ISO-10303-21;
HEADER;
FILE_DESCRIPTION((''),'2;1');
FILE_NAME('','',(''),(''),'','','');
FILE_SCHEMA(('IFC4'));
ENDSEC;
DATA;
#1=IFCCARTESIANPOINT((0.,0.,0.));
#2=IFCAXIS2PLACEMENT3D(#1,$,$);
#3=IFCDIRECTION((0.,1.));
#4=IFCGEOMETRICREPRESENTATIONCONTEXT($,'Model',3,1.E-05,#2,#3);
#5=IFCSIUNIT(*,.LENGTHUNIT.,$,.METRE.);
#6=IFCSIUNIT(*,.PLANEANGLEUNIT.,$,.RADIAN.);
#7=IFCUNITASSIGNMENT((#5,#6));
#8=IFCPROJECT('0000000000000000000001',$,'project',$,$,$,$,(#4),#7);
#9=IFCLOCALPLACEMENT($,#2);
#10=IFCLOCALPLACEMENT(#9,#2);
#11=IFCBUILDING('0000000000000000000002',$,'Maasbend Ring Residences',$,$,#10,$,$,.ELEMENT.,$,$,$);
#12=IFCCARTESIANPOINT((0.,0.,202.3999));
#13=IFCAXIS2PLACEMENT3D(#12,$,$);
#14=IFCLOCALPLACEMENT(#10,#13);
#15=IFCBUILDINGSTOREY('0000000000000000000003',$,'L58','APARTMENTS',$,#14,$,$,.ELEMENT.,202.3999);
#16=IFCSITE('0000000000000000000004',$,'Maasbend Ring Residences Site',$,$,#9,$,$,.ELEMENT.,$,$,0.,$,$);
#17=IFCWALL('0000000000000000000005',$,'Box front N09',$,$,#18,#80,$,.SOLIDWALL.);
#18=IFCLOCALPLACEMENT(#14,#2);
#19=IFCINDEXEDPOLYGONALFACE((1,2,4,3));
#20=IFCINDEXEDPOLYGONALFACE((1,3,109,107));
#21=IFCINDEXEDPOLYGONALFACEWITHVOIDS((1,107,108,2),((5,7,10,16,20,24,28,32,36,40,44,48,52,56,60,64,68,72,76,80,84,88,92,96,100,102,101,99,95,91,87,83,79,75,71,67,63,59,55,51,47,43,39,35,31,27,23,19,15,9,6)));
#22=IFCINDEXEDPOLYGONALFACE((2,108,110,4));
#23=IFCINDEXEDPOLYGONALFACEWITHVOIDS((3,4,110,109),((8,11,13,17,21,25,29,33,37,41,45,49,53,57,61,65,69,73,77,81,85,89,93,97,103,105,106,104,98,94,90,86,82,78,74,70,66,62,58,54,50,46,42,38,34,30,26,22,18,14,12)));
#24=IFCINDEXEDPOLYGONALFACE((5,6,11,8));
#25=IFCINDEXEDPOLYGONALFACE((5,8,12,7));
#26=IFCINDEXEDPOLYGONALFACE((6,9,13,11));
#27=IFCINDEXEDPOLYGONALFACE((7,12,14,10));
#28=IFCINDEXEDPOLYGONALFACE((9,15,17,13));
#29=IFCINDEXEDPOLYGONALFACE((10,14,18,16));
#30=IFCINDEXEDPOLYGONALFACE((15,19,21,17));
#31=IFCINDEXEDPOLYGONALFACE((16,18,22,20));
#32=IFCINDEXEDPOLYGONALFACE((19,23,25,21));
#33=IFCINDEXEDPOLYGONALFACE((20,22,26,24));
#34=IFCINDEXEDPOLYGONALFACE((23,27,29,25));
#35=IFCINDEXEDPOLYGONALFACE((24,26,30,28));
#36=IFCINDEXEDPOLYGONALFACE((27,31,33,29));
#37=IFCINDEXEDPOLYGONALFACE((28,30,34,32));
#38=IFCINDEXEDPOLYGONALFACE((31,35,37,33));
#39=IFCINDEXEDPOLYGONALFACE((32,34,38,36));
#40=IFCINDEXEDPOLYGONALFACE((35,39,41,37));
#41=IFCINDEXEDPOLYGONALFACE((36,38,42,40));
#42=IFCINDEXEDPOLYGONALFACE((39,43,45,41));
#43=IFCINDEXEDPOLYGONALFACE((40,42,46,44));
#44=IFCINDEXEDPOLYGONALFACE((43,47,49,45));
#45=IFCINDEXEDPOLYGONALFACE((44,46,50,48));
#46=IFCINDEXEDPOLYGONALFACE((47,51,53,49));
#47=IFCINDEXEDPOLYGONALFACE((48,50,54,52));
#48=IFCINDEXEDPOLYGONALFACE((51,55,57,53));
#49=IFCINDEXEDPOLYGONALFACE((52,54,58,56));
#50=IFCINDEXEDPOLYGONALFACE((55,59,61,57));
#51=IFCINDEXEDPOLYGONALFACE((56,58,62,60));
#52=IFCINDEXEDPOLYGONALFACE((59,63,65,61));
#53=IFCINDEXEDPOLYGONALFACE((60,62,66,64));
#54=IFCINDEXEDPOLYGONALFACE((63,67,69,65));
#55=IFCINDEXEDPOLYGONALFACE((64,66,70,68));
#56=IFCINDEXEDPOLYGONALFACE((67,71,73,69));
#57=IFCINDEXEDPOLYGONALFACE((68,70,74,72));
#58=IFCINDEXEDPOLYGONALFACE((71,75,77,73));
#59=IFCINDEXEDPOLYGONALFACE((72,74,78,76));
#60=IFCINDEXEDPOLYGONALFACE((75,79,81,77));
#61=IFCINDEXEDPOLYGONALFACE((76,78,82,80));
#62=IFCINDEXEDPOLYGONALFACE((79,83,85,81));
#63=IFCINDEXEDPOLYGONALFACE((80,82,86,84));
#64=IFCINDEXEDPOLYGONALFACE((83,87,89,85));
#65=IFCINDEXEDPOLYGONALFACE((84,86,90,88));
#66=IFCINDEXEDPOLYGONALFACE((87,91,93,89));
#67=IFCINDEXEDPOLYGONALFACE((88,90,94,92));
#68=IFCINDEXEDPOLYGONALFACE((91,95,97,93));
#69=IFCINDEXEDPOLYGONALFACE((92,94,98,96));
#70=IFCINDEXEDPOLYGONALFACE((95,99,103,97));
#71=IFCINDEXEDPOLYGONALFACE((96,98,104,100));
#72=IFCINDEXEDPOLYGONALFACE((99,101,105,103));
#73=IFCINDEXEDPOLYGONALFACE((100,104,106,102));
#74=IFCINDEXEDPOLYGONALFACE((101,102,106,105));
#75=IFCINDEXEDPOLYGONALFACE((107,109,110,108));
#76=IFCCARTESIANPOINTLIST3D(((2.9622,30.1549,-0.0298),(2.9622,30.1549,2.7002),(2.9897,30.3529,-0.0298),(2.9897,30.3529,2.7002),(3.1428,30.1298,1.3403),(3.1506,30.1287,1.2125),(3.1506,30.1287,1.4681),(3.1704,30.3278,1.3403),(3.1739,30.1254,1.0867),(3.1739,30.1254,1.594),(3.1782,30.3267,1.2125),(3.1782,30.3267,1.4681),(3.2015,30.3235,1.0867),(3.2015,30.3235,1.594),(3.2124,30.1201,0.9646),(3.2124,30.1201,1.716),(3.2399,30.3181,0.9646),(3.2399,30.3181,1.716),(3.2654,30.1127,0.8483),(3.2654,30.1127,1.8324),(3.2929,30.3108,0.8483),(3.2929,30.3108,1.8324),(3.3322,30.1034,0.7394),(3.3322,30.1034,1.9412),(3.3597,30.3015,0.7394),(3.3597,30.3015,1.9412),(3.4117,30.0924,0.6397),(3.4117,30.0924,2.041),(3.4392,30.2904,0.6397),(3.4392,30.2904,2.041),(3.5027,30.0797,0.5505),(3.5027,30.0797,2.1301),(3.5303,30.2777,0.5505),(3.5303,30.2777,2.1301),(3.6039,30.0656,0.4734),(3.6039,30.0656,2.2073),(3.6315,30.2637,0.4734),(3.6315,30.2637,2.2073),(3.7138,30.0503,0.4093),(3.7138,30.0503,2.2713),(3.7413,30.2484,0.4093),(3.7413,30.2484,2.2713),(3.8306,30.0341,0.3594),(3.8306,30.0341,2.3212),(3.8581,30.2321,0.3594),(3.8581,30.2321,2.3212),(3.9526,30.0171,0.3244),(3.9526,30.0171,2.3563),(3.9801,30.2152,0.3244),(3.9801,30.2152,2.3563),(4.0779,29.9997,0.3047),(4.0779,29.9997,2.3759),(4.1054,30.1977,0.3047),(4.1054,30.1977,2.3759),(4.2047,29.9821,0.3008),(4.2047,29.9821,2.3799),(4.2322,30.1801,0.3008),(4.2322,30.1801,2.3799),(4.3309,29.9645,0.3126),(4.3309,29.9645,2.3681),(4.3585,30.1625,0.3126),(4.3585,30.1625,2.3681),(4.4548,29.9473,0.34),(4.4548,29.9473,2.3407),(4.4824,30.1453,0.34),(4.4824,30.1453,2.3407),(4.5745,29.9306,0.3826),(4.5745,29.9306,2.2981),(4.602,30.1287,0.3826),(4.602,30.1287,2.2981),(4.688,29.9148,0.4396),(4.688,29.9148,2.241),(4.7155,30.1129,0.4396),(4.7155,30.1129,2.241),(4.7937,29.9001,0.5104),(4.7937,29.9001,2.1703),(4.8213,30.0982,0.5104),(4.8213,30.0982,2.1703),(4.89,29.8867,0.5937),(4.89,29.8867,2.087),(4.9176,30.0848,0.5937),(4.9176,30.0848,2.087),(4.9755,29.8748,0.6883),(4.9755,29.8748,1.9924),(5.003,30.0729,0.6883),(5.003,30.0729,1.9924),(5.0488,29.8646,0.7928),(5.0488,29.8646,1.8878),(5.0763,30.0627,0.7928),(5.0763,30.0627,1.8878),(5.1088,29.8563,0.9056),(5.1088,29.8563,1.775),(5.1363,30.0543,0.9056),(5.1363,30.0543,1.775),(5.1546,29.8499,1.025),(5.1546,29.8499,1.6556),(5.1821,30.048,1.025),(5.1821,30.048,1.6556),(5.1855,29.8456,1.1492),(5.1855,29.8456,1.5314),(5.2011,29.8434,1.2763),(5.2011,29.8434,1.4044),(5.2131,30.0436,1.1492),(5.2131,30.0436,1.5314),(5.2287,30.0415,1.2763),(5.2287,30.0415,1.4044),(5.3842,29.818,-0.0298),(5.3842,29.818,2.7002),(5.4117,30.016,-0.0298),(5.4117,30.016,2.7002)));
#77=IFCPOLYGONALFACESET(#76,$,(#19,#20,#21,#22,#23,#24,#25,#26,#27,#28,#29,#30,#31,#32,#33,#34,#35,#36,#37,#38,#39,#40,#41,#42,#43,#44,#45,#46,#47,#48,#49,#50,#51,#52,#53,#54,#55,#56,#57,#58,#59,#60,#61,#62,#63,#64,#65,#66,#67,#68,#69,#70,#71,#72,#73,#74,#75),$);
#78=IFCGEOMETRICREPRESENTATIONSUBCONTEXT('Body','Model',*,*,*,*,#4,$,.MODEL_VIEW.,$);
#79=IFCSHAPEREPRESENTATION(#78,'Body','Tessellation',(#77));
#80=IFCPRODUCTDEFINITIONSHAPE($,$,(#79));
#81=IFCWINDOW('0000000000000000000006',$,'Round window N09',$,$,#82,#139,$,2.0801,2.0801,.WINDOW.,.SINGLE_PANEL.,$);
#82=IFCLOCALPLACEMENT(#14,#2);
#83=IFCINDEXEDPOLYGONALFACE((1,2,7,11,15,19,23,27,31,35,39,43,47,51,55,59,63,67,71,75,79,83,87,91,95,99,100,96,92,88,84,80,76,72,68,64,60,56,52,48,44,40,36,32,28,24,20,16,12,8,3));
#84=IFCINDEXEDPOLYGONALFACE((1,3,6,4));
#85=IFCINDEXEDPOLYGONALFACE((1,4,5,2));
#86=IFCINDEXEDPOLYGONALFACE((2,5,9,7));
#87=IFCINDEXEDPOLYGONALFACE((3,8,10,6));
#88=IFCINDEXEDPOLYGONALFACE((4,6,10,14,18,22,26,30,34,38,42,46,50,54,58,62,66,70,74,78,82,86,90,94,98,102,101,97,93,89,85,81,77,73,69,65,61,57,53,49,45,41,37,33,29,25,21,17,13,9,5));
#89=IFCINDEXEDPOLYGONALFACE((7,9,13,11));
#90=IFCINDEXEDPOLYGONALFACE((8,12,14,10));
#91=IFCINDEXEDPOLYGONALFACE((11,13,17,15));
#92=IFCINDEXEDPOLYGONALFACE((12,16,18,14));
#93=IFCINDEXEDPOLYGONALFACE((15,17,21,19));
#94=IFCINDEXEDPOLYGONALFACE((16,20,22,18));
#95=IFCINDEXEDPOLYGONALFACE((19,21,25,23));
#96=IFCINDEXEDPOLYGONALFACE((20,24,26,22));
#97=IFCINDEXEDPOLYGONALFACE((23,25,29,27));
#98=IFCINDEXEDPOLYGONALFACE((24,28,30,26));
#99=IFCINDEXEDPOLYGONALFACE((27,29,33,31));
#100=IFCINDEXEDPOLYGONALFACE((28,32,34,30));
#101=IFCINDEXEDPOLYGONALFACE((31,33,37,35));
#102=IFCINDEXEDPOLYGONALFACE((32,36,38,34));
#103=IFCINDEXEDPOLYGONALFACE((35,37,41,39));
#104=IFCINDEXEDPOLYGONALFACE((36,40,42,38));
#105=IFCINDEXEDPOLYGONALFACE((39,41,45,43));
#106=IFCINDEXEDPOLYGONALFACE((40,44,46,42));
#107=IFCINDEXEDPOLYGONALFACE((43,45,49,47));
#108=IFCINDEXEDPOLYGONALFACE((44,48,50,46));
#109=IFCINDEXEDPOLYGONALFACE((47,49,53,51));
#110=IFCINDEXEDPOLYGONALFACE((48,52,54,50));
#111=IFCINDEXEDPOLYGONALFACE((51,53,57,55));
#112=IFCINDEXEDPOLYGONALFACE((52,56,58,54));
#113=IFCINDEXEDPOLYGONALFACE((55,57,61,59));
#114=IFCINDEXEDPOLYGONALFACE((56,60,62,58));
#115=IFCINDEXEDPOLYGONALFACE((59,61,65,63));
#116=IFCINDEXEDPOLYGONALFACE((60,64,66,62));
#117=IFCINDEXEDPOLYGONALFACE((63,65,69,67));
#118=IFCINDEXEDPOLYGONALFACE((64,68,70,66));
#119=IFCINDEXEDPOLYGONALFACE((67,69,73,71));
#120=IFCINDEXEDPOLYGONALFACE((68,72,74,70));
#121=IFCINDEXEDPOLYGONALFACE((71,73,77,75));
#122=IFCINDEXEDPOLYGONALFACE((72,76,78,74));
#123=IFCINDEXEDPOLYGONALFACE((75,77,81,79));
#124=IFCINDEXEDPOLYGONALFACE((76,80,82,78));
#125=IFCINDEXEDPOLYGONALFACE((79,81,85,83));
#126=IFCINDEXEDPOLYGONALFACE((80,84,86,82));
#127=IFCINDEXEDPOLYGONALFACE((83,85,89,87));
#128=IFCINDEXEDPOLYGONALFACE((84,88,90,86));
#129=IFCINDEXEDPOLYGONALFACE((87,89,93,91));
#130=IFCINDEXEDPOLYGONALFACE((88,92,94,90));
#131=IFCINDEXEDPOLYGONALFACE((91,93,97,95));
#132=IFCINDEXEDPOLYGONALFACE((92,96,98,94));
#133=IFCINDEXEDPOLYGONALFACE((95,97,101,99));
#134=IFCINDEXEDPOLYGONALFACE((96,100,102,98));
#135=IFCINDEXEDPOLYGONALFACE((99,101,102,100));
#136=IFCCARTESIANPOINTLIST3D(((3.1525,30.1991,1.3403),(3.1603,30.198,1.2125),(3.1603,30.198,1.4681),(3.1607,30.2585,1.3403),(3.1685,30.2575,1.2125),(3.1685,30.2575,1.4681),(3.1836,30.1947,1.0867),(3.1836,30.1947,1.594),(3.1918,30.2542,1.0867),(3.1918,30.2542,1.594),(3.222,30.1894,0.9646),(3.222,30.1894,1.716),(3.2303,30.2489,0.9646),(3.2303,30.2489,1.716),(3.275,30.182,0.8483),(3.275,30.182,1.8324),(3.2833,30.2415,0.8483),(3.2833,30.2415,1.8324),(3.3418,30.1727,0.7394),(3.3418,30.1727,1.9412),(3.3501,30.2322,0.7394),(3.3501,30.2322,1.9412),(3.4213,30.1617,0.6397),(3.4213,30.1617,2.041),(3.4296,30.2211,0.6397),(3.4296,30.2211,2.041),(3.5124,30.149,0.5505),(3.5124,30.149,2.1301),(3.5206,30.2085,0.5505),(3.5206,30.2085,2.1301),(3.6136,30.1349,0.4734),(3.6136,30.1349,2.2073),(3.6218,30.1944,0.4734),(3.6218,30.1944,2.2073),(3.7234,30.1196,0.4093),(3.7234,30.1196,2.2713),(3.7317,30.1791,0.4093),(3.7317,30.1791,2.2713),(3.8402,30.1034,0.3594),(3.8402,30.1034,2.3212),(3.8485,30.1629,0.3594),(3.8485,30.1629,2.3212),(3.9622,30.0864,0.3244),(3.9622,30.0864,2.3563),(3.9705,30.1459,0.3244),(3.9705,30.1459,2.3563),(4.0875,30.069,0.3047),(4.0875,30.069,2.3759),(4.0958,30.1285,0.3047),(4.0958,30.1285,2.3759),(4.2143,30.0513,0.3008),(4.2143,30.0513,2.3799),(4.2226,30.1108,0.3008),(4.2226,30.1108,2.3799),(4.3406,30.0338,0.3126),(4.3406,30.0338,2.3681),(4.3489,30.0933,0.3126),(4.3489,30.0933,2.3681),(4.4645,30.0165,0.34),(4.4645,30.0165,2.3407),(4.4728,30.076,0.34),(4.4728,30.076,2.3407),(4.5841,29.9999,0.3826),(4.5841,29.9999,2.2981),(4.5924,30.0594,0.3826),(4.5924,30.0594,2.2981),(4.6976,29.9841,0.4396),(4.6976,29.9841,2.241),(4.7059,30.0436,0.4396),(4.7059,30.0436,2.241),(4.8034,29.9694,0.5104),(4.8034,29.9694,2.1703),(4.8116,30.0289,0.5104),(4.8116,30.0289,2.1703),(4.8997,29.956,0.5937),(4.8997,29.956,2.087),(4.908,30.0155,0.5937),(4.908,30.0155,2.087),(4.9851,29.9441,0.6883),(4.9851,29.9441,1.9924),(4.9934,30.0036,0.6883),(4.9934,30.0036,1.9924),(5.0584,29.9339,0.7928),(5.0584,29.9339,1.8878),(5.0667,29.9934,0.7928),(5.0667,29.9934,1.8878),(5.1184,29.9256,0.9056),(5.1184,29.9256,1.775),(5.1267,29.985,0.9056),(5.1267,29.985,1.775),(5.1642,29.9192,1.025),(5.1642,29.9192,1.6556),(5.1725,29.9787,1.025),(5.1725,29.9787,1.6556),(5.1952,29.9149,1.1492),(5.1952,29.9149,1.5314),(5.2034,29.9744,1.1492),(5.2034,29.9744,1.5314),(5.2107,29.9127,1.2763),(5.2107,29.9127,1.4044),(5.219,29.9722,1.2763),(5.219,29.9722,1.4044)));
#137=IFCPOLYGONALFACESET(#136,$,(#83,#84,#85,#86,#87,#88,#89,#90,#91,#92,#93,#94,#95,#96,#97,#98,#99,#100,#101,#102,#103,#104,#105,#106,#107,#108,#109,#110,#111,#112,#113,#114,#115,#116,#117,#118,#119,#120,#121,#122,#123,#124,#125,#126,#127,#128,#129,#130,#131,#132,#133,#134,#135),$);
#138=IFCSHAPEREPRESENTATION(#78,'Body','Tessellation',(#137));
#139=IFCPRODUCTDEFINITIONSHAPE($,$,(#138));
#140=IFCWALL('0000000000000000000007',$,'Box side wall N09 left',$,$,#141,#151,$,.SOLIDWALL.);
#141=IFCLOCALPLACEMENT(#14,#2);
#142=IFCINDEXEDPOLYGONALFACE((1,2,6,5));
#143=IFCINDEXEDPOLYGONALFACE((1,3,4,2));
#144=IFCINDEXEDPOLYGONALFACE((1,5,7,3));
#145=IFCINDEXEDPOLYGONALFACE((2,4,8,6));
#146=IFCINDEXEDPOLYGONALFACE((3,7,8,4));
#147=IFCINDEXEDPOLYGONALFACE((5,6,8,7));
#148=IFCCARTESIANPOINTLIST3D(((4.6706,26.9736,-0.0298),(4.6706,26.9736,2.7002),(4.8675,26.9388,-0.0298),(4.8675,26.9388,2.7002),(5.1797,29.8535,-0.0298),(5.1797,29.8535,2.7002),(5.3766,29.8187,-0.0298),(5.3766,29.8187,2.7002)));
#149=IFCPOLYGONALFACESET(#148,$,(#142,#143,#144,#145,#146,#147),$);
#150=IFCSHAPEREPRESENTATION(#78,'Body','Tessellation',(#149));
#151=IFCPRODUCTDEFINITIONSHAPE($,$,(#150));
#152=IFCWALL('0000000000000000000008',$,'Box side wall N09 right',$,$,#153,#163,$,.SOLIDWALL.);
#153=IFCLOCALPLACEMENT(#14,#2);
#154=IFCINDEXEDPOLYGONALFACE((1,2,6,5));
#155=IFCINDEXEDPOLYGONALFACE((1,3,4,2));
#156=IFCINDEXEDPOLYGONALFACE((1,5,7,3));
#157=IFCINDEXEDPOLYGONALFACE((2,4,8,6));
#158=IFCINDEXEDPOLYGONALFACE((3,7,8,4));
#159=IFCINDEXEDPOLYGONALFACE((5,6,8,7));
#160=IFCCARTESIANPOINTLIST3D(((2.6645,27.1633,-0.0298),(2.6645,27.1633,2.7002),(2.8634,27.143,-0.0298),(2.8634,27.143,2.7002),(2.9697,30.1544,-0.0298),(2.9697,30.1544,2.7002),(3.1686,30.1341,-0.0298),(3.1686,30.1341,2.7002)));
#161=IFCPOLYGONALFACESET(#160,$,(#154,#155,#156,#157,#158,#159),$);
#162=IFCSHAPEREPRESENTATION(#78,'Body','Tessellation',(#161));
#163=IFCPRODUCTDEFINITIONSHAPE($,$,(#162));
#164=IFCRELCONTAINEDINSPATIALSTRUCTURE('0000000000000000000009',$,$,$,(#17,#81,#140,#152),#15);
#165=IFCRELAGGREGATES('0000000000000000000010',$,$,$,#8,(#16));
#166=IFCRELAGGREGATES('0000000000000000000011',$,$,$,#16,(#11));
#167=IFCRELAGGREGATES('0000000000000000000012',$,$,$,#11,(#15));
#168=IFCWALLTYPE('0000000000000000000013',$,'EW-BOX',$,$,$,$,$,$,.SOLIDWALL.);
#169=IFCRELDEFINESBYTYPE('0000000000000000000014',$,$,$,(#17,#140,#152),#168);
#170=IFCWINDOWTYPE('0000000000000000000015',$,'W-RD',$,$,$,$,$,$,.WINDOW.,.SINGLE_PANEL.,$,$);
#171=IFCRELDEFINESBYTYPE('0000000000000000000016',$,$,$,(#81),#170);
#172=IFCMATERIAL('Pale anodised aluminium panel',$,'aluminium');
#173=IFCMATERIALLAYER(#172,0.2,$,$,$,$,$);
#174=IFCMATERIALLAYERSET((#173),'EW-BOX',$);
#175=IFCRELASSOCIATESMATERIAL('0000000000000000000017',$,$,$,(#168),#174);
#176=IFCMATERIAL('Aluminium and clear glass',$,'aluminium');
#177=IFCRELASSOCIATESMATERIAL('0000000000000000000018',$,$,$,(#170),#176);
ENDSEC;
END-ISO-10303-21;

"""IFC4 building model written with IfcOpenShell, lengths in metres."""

from ifc_helpers import new_model, si_unit, direction, frame, frame_2d, origin, place, context, subcontext, project, spatial, rectangle, circle, extrude, material, layer, layer_set, type_object, element, fill, save


model = new_model("IFC4")

# Units and contexts
model_context = context("Model", 3, precision=1e-05, world=origin(), true_north=direction((0.0, 1.0)))
body_context = subcontext(model_context, "Body", "Model", "MODEL_VIEW")
ifc_project = project(units=[si_unit("LENGTHUNIT", "METRE"), si_unit("PLANEANGLEUNIT", "RADIAN")], contexts=[model_context])

# Site, building, storey
site_placement = place(None, origin())
site = spatial("IfcSite", under=ifc_project, at=site_placement, Name="Maasbend Ring Residences Site", CompositionType="ELEMENT", RefElevation=0.0)
building_placement = place(site_placement, origin())
building = spatial("IfcBuilding", under=site, at=building_placement, Name="Maasbend Ring Residences", CompositionType="ELEMENT")
storey_placement = place(building_placement, frame((0.0, 0.0, 202.3999)))
storey = spatial("IfcBuildingStorey", under=building, at=storey_placement, Name="L58", Description="APARTMENTS", CompositionType="ELEMENT", Elevation=202.3999)

# Shared definitions
ifc_material_1 = material(Name="Pale anodised aluminium panel", Category="aluminium")
ifc_layer_1 = layer(ifc_material_1, 0.2)
ifc_layer_set_1 = layer_set([ifc_layer_1], Name="EW-BOX")
wall_type_1 = type_object("IfcWallType", Name="EW-BOX", PredefinedType="SOLIDWALL", material=ifc_layer_set_1)

# Wall, opening, window
wall_1_placement = place(storey_placement, frame((5.3979, 29.917, -0.0298), z_axis=(0.0, 0.0, 1.0), x_axis=(-0.990462, 0.137786, 0.0)))
wall_1 = element("IfcWall", 1, at=wall_1_placement, inside=storey, type_object=wall_type_1, Name="Box front N09", PredefinedType="SOLIDWALL", context=body_context, shape_type="SweptSolid", body=[
    extrude(rectangle(XDim=2.4453, YDim=0.2, at=frame_2d((1.2227, 0.0))), origin(), (0.0, 0.0, 1.0), 2.73),
])
opening_1_placement = place(wall_1_placement, frame((0.1829, 0.0, 0.3301)))
opening_1 = element("IfcOpeningElement", 2, at=opening_1_placement, cuts=wall_1, PredefinedType="OPENING", context=body_context, shape_type="SweptSolid", body=[
    extrude(circle(Radius=1.04, at=frame_2d((1.04, 1.04))), frame((0.0, 0.1099, 0.0), z_axis=(0.0, -1.0, 0.0), x_axis=(1.0, 0.0, 0.0)), (0.0, 0.0, 1.0), 0.22),
])
ifc_material_2 = material(Name="Aluminium and clear glass", Category="aluminium")
window_type_1 = type_object("IfcWindowType", Name="W-RD", PartitioningType="SINGLE_PANEL", PredefinedType="WINDOW", material=ifc_material_2)
window_1_placement = place(opening_1_placement, origin())
window_1 = element("IfcWindow", 3, at=window_1_placement, inside=storey, type_object=window_type_1, Name="Round window N09", OverallHeight=2.0801, OverallWidth=2.0801, PartitioningType="SINGLE_PANEL", PredefinedType="WINDOW", context=body_context, shape_type="SweptSolid", body=[
    extrude(circle(Radius=1.04, at=frame_2d((1.04, 1.04))), frame((0.0, 0.03, 0.0), z_axis=(0.0, -1.0, 0.0), x_axis=(1.0, 0.0, 0.0)), (0.0, 0.0, 1.0), 0.0601),
])
fill(opening_1, window_1)

# Walls
wall_2_placement = place(storey_placement, frame((4.769, 26.9561, -0.0298), z_axis=(0.0, 0.0, 1.0), x_axis=(0.174057, 0.984736, 0.0)))
element("IfcWall", 4, at=wall_2_placement, inside=storey, type_object=wall_type_1, Name="Box side wall N09 left", PredefinedType="SOLIDWALL", context=body_context, shape_type="SweptSolid", body=[
    extrude(rectangle(XDim=2.9246, YDim=0.2, at=frame_2d((1.4624, 0.0))), origin(), (0.0, 0.0, 1.0), 2.73),
])
wall_3_placement = place(storey_placement, frame((2.7639, 27.1531, -0.0298), z_axis=(0.0, 0.0, 1.0), x_axis=(0.101505, 0.994835, 0.0)))
element("IfcWall", 5, at=wall_3_placement, inside=storey, type_object=wall_type_1, Name="Box side wall N09 right", PredefinedType="SOLIDWALL", context=body_context, shape_type="SweptSolid", body=[
    extrude(rectangle(XDim=3.0066, YDim=0.2, at=frame_2d((1.5034, 0.0))), origin(), (0.0, 0.0, 1.0), 2.73),
])

save(model, "model.ifc")
